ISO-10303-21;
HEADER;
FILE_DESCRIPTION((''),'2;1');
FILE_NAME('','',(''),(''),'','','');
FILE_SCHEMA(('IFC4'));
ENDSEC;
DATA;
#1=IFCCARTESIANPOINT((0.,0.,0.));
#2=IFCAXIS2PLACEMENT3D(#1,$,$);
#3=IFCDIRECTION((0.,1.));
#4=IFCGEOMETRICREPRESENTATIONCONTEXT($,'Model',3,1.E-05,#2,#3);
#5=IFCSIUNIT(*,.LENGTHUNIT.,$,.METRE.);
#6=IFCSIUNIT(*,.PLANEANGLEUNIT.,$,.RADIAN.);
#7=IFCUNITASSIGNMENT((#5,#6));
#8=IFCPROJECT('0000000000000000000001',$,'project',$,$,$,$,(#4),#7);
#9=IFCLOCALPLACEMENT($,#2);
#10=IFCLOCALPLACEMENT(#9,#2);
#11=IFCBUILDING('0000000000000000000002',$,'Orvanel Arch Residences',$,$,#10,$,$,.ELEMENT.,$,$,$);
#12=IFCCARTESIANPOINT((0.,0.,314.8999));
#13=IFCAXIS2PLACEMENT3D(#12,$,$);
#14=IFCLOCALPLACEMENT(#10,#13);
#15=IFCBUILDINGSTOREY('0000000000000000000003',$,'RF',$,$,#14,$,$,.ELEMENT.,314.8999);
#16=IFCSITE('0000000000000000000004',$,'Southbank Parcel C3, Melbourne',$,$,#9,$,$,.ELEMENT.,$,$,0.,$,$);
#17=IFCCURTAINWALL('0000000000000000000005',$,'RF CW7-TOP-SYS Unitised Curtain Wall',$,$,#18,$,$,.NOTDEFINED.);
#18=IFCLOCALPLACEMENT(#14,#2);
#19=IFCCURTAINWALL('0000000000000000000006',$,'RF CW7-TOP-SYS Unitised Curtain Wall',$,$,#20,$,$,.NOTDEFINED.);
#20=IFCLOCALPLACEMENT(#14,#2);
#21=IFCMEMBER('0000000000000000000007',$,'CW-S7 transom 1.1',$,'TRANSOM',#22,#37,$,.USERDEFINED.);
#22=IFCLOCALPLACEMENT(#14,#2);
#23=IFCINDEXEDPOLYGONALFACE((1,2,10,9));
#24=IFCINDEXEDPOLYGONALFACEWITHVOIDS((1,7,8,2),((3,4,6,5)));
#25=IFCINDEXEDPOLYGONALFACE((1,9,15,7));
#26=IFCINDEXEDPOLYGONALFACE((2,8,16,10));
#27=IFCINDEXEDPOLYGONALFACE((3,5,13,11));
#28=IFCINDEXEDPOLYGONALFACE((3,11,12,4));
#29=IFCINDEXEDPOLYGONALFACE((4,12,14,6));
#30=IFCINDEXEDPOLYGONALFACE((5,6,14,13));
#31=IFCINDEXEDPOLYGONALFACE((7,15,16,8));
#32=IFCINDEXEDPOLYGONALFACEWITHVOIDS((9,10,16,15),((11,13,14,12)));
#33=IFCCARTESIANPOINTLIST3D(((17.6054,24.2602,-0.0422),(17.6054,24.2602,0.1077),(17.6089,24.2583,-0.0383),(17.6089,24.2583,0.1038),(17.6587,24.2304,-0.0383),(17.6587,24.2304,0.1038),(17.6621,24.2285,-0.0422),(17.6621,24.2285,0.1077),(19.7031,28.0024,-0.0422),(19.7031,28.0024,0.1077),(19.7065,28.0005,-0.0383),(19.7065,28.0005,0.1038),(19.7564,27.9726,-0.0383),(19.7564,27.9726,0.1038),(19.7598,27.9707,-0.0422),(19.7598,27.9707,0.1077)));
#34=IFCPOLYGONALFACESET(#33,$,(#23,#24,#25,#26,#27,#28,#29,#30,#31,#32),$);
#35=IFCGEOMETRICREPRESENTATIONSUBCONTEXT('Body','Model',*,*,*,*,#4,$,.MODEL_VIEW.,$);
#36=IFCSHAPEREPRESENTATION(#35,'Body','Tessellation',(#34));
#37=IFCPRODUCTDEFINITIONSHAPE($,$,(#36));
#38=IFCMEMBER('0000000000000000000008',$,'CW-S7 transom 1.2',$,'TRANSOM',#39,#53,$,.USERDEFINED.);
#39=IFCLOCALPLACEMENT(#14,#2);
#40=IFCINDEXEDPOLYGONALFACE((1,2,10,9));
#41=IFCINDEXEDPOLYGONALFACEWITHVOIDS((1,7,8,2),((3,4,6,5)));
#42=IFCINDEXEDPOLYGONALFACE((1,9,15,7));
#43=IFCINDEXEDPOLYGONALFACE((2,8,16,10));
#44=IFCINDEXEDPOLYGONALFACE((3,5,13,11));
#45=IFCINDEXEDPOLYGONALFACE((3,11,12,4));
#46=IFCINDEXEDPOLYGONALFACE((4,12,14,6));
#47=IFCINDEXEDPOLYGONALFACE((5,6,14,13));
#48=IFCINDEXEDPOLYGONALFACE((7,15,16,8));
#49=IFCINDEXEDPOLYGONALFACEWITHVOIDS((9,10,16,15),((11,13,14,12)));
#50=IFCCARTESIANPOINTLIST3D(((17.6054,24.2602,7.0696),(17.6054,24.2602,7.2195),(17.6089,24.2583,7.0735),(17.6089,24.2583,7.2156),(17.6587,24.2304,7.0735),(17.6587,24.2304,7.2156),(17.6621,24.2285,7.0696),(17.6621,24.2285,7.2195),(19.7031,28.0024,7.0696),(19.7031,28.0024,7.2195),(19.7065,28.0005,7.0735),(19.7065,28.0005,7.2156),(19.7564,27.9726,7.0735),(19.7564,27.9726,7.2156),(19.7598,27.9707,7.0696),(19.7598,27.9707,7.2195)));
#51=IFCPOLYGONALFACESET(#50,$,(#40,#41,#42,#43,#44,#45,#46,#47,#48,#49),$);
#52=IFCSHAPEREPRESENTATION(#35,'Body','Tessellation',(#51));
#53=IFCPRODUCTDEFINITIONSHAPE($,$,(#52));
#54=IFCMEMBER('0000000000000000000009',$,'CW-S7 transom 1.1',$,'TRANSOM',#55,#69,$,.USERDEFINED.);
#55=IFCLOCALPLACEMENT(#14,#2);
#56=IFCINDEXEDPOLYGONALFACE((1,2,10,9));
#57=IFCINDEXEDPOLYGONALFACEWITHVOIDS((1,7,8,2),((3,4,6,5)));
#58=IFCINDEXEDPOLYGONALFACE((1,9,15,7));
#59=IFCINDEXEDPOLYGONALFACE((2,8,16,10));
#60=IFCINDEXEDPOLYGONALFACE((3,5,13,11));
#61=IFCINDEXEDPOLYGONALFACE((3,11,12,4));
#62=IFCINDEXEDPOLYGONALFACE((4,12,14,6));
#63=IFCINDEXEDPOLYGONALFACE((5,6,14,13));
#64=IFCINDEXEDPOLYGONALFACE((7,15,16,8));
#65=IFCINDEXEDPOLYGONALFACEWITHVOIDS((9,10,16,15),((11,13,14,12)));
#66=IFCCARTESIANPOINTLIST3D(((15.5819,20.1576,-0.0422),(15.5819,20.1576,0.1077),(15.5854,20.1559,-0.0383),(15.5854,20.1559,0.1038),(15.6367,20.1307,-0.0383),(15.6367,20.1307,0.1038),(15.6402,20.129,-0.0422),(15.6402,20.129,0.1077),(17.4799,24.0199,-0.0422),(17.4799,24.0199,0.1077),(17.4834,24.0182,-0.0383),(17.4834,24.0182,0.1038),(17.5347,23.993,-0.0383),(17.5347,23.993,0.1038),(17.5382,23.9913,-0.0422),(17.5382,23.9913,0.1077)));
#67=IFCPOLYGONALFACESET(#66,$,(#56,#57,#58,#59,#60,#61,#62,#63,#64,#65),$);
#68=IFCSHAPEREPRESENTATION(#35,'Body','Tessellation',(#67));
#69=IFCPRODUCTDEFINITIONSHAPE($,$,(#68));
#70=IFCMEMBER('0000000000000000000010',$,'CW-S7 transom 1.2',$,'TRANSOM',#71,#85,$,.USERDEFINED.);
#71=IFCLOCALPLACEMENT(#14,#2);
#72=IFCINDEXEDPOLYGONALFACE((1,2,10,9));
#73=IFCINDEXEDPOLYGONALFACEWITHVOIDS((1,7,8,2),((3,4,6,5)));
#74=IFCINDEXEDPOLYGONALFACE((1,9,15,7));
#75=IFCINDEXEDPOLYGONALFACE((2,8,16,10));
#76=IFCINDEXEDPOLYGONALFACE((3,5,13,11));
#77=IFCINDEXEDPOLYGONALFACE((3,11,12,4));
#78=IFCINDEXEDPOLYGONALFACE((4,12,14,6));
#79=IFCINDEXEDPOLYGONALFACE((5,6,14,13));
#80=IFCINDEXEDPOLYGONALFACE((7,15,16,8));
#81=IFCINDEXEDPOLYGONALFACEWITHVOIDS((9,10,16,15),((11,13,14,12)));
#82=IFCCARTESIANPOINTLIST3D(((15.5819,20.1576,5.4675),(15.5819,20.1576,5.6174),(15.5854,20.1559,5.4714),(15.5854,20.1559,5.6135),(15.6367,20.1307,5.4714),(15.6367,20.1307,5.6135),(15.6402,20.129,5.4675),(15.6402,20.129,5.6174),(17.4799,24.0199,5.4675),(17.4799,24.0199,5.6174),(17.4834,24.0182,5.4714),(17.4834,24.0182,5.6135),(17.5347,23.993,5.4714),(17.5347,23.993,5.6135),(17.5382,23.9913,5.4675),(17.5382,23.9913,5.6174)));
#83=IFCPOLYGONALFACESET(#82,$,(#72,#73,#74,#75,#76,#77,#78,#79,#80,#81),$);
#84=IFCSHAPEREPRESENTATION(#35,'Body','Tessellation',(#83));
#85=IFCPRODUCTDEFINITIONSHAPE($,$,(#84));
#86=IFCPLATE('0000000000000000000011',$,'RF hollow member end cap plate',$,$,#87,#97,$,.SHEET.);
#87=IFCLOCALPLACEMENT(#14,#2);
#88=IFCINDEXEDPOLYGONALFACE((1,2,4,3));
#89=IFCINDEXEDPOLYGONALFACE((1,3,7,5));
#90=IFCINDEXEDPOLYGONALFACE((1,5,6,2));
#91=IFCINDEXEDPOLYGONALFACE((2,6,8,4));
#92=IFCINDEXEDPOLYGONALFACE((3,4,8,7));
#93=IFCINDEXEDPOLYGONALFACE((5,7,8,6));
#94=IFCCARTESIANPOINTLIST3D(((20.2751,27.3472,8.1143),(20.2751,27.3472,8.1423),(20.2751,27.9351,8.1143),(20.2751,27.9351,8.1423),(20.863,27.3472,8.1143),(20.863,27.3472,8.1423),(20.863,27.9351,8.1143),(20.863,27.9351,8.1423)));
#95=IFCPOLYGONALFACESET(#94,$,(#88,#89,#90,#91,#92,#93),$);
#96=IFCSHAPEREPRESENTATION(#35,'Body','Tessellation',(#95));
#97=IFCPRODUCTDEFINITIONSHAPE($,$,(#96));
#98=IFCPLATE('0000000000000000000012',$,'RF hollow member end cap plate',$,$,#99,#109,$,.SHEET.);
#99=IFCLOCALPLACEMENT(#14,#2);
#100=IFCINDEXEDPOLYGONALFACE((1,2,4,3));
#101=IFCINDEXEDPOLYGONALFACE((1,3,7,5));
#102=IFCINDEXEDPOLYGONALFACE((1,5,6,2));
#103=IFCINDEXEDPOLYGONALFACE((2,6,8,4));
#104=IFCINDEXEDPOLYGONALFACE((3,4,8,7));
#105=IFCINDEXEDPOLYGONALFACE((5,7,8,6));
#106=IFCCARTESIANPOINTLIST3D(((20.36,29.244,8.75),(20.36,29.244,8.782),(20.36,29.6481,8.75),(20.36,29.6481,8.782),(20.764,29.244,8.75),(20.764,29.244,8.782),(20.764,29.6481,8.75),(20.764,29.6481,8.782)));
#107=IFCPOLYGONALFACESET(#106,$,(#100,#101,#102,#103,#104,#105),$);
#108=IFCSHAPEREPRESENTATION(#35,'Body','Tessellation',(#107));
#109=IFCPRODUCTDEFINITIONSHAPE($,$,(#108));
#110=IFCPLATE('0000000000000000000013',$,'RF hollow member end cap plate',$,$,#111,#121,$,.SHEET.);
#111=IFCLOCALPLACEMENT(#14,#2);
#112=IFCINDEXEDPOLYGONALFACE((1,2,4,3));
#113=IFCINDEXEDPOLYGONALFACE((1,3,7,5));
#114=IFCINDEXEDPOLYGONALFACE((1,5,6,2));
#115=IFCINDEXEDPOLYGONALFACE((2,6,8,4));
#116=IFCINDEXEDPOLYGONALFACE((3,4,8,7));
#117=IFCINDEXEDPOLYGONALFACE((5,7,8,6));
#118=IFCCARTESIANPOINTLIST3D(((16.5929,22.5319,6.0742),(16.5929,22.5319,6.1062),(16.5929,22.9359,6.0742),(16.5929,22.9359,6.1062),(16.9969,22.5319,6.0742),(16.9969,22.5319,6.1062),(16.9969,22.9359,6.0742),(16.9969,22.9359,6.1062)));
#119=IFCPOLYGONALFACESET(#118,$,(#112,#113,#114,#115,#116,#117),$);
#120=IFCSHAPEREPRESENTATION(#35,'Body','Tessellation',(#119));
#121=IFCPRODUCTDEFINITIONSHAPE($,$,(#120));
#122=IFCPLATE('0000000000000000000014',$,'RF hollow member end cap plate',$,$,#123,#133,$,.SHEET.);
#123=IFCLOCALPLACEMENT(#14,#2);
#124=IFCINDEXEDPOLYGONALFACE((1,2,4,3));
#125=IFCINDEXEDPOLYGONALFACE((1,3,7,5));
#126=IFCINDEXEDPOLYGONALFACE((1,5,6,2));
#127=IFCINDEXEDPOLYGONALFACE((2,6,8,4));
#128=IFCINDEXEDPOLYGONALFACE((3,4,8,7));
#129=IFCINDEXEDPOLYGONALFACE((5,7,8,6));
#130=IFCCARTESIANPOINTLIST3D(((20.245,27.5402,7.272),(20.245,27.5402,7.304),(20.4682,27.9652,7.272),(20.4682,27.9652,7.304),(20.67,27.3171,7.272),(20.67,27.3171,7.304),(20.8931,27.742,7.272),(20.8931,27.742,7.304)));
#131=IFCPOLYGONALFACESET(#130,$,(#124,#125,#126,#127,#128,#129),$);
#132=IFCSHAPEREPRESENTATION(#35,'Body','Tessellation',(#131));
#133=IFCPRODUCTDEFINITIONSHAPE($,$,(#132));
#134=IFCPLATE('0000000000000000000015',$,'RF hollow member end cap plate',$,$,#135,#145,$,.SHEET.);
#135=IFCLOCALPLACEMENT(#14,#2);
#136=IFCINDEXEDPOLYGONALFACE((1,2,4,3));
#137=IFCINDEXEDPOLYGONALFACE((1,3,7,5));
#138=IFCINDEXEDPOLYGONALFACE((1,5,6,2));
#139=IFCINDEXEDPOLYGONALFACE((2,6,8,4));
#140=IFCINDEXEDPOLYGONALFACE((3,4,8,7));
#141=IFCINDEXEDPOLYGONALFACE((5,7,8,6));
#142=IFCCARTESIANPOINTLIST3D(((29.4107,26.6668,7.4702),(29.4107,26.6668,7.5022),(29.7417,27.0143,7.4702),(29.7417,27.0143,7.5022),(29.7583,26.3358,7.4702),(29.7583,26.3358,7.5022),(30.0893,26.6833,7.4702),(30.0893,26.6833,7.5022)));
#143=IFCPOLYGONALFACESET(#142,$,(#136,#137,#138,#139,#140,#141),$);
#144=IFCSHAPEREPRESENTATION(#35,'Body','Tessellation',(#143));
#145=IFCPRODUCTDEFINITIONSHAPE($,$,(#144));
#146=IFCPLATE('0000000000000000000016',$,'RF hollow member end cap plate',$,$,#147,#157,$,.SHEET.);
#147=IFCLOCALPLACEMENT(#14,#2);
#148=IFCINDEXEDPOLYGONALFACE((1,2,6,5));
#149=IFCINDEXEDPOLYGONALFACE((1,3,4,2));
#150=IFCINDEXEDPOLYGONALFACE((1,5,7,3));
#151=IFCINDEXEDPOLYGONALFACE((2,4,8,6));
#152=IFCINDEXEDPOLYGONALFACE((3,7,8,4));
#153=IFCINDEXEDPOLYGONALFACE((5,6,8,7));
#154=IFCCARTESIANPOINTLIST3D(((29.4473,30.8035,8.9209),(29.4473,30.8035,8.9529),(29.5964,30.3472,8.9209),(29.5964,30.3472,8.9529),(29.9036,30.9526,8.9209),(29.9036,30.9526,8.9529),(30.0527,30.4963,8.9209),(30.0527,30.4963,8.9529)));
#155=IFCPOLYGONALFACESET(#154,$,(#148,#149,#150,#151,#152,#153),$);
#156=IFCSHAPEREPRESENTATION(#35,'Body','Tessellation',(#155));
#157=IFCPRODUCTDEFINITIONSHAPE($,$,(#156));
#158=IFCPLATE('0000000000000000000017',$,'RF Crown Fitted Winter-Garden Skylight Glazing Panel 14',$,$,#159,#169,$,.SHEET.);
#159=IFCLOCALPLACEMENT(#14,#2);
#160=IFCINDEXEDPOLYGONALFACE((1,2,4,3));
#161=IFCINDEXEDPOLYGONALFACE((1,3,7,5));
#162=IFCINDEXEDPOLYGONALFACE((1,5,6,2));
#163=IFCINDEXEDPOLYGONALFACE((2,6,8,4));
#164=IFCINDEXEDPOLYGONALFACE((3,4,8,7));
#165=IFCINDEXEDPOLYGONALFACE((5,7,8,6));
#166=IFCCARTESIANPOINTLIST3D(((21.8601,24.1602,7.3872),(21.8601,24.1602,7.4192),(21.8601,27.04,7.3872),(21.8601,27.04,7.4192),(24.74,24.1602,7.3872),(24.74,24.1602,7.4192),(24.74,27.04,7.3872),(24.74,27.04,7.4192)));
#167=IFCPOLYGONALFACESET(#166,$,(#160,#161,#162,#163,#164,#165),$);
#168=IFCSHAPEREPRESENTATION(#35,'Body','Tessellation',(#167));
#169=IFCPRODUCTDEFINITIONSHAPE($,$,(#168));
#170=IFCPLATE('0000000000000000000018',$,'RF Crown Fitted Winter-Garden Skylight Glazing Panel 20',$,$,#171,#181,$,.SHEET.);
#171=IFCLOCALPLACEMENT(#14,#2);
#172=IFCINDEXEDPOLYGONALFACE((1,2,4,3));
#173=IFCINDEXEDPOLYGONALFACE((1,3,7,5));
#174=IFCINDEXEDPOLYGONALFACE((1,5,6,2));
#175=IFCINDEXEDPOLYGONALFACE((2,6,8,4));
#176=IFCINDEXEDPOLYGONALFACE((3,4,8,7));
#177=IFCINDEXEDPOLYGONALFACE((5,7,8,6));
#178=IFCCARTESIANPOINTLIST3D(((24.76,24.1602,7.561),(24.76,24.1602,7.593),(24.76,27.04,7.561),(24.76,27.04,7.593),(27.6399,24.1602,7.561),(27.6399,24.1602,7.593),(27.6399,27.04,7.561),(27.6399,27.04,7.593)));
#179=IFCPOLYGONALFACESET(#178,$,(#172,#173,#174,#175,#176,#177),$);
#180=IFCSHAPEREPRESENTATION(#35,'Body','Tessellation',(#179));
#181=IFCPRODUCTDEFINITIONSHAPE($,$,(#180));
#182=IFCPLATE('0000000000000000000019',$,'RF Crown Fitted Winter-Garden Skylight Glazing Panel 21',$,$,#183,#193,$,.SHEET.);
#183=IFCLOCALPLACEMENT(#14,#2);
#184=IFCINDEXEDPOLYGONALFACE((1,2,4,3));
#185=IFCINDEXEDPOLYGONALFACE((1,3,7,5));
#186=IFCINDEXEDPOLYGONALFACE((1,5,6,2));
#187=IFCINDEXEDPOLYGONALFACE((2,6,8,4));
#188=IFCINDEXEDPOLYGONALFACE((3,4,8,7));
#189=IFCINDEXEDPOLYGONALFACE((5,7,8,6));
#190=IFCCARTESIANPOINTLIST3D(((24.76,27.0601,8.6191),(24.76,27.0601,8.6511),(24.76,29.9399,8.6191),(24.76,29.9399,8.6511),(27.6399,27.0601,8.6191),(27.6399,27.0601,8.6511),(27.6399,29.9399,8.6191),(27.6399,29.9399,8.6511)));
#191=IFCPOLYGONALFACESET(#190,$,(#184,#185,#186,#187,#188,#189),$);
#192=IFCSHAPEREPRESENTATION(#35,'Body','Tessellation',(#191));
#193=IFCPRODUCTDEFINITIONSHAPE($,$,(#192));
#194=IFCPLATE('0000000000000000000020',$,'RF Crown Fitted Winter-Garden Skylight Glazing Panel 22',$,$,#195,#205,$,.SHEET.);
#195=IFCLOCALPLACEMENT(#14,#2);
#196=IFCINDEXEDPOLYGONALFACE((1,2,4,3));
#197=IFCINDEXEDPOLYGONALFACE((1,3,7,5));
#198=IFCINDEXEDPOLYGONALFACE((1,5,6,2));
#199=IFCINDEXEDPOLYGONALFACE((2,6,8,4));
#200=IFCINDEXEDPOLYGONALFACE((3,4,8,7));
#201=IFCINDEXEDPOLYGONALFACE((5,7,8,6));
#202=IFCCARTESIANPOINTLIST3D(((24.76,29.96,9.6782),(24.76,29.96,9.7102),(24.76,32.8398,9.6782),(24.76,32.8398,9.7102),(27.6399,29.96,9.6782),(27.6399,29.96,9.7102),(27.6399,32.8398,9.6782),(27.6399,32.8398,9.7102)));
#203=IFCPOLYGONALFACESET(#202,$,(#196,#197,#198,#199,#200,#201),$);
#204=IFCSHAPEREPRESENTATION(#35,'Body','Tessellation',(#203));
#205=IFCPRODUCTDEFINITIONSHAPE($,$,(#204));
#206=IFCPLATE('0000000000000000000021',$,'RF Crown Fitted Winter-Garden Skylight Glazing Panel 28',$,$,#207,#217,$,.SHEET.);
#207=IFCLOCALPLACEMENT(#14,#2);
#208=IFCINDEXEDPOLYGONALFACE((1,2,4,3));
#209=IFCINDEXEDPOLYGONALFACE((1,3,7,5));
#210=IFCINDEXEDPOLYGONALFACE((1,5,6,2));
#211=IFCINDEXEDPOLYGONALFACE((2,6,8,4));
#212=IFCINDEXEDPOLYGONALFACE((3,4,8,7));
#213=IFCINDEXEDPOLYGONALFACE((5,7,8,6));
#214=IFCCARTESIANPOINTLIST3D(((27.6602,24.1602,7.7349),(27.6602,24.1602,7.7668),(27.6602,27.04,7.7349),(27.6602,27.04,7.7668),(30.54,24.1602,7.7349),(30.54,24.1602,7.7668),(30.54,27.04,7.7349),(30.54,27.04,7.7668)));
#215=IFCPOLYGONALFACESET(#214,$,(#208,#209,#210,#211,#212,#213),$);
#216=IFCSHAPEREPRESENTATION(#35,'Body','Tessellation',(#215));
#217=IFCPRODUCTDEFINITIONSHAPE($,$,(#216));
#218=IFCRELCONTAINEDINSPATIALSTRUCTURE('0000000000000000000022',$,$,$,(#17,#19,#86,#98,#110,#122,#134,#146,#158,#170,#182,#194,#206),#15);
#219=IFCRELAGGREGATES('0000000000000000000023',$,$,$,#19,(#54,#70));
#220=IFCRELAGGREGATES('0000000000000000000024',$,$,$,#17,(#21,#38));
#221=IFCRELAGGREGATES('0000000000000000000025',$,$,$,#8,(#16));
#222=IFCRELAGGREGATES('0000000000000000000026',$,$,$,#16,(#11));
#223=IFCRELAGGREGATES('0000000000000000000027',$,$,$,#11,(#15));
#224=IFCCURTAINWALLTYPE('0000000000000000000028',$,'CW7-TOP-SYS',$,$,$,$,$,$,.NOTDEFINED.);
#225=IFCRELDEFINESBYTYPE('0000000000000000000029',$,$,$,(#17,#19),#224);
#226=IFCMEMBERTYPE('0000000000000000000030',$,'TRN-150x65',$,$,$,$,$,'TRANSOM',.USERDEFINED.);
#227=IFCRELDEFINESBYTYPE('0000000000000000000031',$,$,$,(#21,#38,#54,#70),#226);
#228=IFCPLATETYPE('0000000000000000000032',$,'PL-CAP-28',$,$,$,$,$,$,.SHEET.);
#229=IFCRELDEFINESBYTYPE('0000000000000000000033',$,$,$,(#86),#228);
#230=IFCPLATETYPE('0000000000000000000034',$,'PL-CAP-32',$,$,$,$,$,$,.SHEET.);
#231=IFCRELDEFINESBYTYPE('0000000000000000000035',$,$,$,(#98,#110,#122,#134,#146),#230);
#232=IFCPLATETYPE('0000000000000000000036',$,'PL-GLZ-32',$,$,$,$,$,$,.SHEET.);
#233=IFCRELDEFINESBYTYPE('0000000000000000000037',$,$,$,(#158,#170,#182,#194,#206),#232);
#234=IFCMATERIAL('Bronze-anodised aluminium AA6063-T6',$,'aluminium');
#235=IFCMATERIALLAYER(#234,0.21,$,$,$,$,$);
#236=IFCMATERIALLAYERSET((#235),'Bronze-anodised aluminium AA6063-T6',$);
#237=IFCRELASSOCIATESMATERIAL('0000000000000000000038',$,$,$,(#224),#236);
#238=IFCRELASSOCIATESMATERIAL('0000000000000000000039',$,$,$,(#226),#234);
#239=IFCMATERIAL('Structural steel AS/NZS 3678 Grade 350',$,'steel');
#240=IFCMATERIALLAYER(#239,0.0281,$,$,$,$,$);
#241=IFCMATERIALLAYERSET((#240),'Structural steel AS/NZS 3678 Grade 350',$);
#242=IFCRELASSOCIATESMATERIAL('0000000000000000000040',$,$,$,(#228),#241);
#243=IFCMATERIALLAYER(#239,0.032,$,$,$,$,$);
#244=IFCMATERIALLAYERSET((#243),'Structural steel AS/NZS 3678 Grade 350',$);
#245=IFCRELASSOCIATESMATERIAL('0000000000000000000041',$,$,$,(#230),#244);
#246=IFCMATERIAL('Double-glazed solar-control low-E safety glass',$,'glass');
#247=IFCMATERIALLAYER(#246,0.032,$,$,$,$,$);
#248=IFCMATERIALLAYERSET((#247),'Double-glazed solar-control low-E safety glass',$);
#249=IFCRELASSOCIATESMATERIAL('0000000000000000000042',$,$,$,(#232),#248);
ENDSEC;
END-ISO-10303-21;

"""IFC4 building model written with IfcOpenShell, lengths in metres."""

from ifc_helpers import new_model, si_unit, direction, frame, origin, origin_2d, place, context, subcontext, project, spatial, rectangle, hollow_rectangle, extrude, material, layer, layer_set, material_profile, profile_set, type_object, element, aggregate, save


model = new_model("IFC4")

# Units and contexts
model_context = context("Model", 3, precision=1e-05, world=origin(), true_north=direction((0.0, 1.0)))
body_context = subcontext(model_context, "Body", "Model", "MODEL_VIEW")
ifc_project = project(units=[si_unit("LENGTHUNIT", "METRE"), si_unit("PLANEANGLEUNIT", "RADIAN")], contexts=[model_context])

# Site, building, storey
site_placement = place(None, origin())
site = spatial("IfcSite", under=ifc_project, at=site_placement, Name="Southbank Parcel C3, Melbourne", CompositionType="ELEMENT", RefElevation=0.0)
building_placement = place(site_placement, origin())
building = spatial("IfcBuilding", under=site, at=building_placement, Name="Orvanel Arch Residences", CompositionType="ELEMENT")
storey_placement = place(building_placement, frame((0.0, 0.0, 314.8999)))
storey = spatial("IfcBuildingStorey", under=building, at=storey_placement, Name="RF", CompositionType="ELEMENT", Elevation=314.8999)

# Shared definitions
ifc_material_1 = material(Name="Bronze-anodised aluminium AA6063-T6", Category="aluminium")
ifc_layer_1 = layer(ifc_material_1, 0.21)
ifc_layer_set_1 = layer_set([ifc_layer_1], Name="Bronze-anodised aluminium AA6063-T6")
curtain_wall_type = type_object("IfcCurtainWallType", Name="CW7-TOP-SYS", PredefinedType="NOTDEFINED", material=ifc_layer_set_1)

# Curtain wall
curtain_wall_1_placement = place(storey_placement, origin())
curtain_wall_1 = element("IfcCurtainWall", 1, at=curtain_wall_1_placement, inside=storey, type_object=curtain_wall_type, Name="RF CW7-TOP-SYS Unitised Curtain Wall", PredefinedType="NOTDEFINED")

# Curtain wall
curtain_wall_2_placement = place(storey_placement, origin())
curtain_wall_2 = element("IfcCurtainWall", 2, at=curtain_wall_2_placement, inside=storey, type_object=curtain_wall_type, Name="RF CW7-TOP-SYS Unitised Curtain Wall", PredefinedType="NOTDEFINED")

# Members
ifc_material_profile_1 = material_profile(ifc_material_1, hollow_rectangle(XDim=0.0649, YDim=0.1499, WallThickness=0.0039, at=origin_2d()), Name="ALU150x65x4")
ifc_profile_set_1 = profile_set([ifc_material_profile_1], Name="Bronze-anodised aluminium AA6063-T6")
member_type_1 = type_object("IfcMemberType", Name="TRN-150x65", ElementType="TRANSOM", PredefinedType="USERDEFINED", material=ifc_profile_set_1)
member_1_placement = place(storey_placement, frame((19.7314, 27.9866, 0.0327), z_axis=(-0.488964, -0.872304, 0.0), x_axis=(0.872304, -0.488964, 0.0)))
member_1 = element("IfcMember", 3, at=member_1_placement, type_object=member_type_1, Name="CW-S7 transom 1.1", ObjectType="TRANSOM", PredefinedType="USERDEFINED", context=body_context, shape_type="SweptSolid", body=[
    extrude(hollow_rectangle(XDim=0.0649, YDim=0.1499, WallThickness=0.0039, at=origin_2d()), origin(), (0.0, 0.0, 1.0), 4.29),
])
member_2_placement = place(storey_placement, frame((19.7314, 27.9866, 7.1445), z_axis=(-0.488964, -0.872304, 0.0), x_axis=(0.872304, -0.488964, 0.0)))
member_2 = element("IfcMember", 4, at=member_2_placement, type_object=member_type_1, Name="CW-S7 transom 1.2", ObjectType="TRANSOM", PredefinedType="USERDEFINED", context=body_context, shape_type="SweptSolid", body=[
    extrude(hollow_rectangle(XDim=0.0649, YDim=0.1499, WallThickness=0.0039, at=origin_2d()), origin(), (0.0, 0.0, 1.0), 4.29),
])
member_3_placement = place(storey_placement, frame((17.509, 24.0056, 0.0327), z_axis=(-0.441031, -0.897492, 0.0), x_axis=(0.897492, -0.441031, 0.0)))
member_3 = element("IfcMember", 5, at=member_3_placement, type_object=member_type_1, Name="CW-S7 transom 1.1", ObjectType="TRANSOM", PredefinedType="USERDEFINED", context=body_context, shape_type="SweptSolid", body=[
    extrude(hollow_rectangle(XDim=0.0649, YDim=0.1499, WallThickness=0.0039, at=origin_2d()), origin(), (0.0, 0.0, 1.0), 4.3035),
])
member_4_placement = place(storey_placement, frame((17.509, 24.0056, 5.5425), z_axis=(-0.441031, -0.897492, 0.0), x_axis=(0.897492, -0.441031, 0.0)))
member_4 = element("IfcMember", 6, at=member_4_placement, type_object=member_type_1, Name="CW-S7 transom 1.2", ObjectType="TRANSOM", PredefinedType="USERDEFINED", context=body_context, shape_type="SweptSolid", body=[
    extrude(hollow_rectangle(XDim=0.0649, YDim=0.1499, WallThickness=0.0039, at=origin_2d()), origin(), (0.0, 0.0, 1.0), 4.3035),
])
aggregate(curtain_wall_2, [member_3, member_4])

# Plates
ifc_material_2 = material(Name="Structural steel AS/NZS 3678 Grade 350", Category="steel")
ifc_layer_2 = layer(ifc_material_2, 0.0281)
ifc_layer_set_2 = layer_set([ifc_layer_2], Name="Structural steel AS/NZS 3678 Grade 350")
plate_type_1 = type_object("IfcPlateType", Name="PL-CAP-28", PredefinedType="SHEET", material=ifc_layer_set_2)
plate_1_placement = place(storey_placement, frame((20.5691, 27.6411, 8.1143), z_axis=(0.0, 0.0, 1.0), x_axis=(1.0, 0.0, 0.0)))
element("IfcPlate", 7, at=plate_1_placement, inside=storey, type_object=plate_type_1, Name="RF hollow member end cap plate", PredefinedType="SHEET", context=body_context, shape_type="SweptSolid", body=[
    extrude(rectangle(XDim=0.5879, YDim=0.5879, at=origin_2d()), origin(), (0.0, 0.0, 1.0), 0.0281),
])
ifc_layer_3 = layer(ifc_material_2, 0.032)
ifc_layer_set_3 = layer_set([ifc_layer_3], Name="Structural steel AS/NZS 3678 Grade 350")
plate_type_2 = type_object("IfcPlateType", Name="PL-CAP-32", PredefinedType="SHEET", material=ifc_layer_set_3)
for number, where, z_axis, x_axis, name in (
    (8, (20.562, 29.446, 8.75), (0.0, 0.0, 1.0), (1.0, 0.0, 0.0), "RF hollow member end cap plate"),
    (9, (16.7949, 22.7339, 6.0742), (0.0, 0.0, 1.0), (1.0, 0.0, 0.0), "RF hollow member end cap plate"),
):
    element("IfcPlate", number, at=place(storey_placement, frame(where, z_axis=z_axis, x_axis=x_axis)), inside=storey, type_object=plate_type_2, Name=name, PredefinedType="SHEET", context=body_context, shape_type="SweptSolid", body=[
        extrude(rectangle(XDim=0.4041, YDim=0.4041, at=origin_2d()), origin(), (0.0, 0.0, 1.0), 0.032),
    ])
for number, where, z_axis, x_axis, name in (
    (10, (20.5691, 27.6411, 7.272), (0.0, 0.0, 1.0), (0.464842, 0.885394, 0.0), "RF hollow member end cap plate"),
    (11, (29.75, 26.675, 7.4702), (0.0, 0.0, 1.0), (0.68962, 0.724172, 0.0), "RF hollow member end cap plate"),
    (12, (29.75, 30.6499, 8.9209), (0.0, 0.0, 1.0), (0.950516, 0.310676, 0.0), "RF hollow member end cap plate"),
):
    element("IfcPlate", number, at=place(storey_placement, frame(where, z_axis=z_axis, x_axis=x_axis)), inside=storey, type_object=plate_type_2, Name=name, PredefinedType="SHEET", context=body_context, shape_type="SweptSolid", body=[
        extrude(rectangle(XDim=0.48, YDim=0.48, at=origin_2d()), origin(), (0.0, 0.0, 1.0), 0.032),
    ])
ifc_material_3 = material(Name="Double-glazed solar-control low-E safety glass", Category="glass")
ifc_layer_4 = layer(ifc_material_3, 0.032)
ifc_layer_set_4 = layer_set([ifc_layer_4], Name="Double-glazed solar-control low-E safety glass")
plate_type_3 = type_object("IfcPlateType", Name="PL-GLZ-32", PredefinedType="SHEET", material=ifc_layer_set_4)
for number, where, z_axis, x_axis, name in (
    (13, (23.3, 25.6001, 7.3872), (0.0, 0.0, 1.0), (1.0, 0.0, 0.0), "RF Crown Fitted Winter-Garden Skylight Glazing Panel 14"),
    (14, (26.2, 25.6001, 7.561), (0.0, 0.0, 1.0), (1.0, 0.0, 0.0), "RF Crown Fitted Winter-Garden Skylight Glazing Panel 20"),
    (15, (26.2, 28.5, 8.6191), (0.0, 0.0, 1.0), (1.0, 0.0, 0.0), "RF Crown Fitted Winter-Garden Skylight Glazing Panel 21"),
    (16, (26.2, 31.3999, 9.6782), (0.0, 0.0, 1.0), (1.0, 0.0, 0.0), "RF Crown Fitted Winter-Garden Skylight Glazing Panel 22"),
    (17, (29.1001, 25.6001, 7.7349), (0.0, 0.0, 1.0), (1.0, 0.0, 0.0), "RF Crown Fitted Winter-Garden Skylight Glazing Panel 28"),
):
    element("IfcPlate", number, at=place(storey_placement, frame(where, z_axis=z_axis, x_axis=x_axis)), inside=storey, type_object=plate_type_3, Name=name, PredefinedType="SHEET", context=body_context, shape_type="SweptSolid", body=[
        extrude(rectangle(XDim=2.8799, YDim=2.8799, at=origin_2d()), origin(), (0.0, 0.0, 1.0), 0.032),
    ])

aggregate(curtain_wall_1, [member_1, member_2])

save(model, "model.ifc")
